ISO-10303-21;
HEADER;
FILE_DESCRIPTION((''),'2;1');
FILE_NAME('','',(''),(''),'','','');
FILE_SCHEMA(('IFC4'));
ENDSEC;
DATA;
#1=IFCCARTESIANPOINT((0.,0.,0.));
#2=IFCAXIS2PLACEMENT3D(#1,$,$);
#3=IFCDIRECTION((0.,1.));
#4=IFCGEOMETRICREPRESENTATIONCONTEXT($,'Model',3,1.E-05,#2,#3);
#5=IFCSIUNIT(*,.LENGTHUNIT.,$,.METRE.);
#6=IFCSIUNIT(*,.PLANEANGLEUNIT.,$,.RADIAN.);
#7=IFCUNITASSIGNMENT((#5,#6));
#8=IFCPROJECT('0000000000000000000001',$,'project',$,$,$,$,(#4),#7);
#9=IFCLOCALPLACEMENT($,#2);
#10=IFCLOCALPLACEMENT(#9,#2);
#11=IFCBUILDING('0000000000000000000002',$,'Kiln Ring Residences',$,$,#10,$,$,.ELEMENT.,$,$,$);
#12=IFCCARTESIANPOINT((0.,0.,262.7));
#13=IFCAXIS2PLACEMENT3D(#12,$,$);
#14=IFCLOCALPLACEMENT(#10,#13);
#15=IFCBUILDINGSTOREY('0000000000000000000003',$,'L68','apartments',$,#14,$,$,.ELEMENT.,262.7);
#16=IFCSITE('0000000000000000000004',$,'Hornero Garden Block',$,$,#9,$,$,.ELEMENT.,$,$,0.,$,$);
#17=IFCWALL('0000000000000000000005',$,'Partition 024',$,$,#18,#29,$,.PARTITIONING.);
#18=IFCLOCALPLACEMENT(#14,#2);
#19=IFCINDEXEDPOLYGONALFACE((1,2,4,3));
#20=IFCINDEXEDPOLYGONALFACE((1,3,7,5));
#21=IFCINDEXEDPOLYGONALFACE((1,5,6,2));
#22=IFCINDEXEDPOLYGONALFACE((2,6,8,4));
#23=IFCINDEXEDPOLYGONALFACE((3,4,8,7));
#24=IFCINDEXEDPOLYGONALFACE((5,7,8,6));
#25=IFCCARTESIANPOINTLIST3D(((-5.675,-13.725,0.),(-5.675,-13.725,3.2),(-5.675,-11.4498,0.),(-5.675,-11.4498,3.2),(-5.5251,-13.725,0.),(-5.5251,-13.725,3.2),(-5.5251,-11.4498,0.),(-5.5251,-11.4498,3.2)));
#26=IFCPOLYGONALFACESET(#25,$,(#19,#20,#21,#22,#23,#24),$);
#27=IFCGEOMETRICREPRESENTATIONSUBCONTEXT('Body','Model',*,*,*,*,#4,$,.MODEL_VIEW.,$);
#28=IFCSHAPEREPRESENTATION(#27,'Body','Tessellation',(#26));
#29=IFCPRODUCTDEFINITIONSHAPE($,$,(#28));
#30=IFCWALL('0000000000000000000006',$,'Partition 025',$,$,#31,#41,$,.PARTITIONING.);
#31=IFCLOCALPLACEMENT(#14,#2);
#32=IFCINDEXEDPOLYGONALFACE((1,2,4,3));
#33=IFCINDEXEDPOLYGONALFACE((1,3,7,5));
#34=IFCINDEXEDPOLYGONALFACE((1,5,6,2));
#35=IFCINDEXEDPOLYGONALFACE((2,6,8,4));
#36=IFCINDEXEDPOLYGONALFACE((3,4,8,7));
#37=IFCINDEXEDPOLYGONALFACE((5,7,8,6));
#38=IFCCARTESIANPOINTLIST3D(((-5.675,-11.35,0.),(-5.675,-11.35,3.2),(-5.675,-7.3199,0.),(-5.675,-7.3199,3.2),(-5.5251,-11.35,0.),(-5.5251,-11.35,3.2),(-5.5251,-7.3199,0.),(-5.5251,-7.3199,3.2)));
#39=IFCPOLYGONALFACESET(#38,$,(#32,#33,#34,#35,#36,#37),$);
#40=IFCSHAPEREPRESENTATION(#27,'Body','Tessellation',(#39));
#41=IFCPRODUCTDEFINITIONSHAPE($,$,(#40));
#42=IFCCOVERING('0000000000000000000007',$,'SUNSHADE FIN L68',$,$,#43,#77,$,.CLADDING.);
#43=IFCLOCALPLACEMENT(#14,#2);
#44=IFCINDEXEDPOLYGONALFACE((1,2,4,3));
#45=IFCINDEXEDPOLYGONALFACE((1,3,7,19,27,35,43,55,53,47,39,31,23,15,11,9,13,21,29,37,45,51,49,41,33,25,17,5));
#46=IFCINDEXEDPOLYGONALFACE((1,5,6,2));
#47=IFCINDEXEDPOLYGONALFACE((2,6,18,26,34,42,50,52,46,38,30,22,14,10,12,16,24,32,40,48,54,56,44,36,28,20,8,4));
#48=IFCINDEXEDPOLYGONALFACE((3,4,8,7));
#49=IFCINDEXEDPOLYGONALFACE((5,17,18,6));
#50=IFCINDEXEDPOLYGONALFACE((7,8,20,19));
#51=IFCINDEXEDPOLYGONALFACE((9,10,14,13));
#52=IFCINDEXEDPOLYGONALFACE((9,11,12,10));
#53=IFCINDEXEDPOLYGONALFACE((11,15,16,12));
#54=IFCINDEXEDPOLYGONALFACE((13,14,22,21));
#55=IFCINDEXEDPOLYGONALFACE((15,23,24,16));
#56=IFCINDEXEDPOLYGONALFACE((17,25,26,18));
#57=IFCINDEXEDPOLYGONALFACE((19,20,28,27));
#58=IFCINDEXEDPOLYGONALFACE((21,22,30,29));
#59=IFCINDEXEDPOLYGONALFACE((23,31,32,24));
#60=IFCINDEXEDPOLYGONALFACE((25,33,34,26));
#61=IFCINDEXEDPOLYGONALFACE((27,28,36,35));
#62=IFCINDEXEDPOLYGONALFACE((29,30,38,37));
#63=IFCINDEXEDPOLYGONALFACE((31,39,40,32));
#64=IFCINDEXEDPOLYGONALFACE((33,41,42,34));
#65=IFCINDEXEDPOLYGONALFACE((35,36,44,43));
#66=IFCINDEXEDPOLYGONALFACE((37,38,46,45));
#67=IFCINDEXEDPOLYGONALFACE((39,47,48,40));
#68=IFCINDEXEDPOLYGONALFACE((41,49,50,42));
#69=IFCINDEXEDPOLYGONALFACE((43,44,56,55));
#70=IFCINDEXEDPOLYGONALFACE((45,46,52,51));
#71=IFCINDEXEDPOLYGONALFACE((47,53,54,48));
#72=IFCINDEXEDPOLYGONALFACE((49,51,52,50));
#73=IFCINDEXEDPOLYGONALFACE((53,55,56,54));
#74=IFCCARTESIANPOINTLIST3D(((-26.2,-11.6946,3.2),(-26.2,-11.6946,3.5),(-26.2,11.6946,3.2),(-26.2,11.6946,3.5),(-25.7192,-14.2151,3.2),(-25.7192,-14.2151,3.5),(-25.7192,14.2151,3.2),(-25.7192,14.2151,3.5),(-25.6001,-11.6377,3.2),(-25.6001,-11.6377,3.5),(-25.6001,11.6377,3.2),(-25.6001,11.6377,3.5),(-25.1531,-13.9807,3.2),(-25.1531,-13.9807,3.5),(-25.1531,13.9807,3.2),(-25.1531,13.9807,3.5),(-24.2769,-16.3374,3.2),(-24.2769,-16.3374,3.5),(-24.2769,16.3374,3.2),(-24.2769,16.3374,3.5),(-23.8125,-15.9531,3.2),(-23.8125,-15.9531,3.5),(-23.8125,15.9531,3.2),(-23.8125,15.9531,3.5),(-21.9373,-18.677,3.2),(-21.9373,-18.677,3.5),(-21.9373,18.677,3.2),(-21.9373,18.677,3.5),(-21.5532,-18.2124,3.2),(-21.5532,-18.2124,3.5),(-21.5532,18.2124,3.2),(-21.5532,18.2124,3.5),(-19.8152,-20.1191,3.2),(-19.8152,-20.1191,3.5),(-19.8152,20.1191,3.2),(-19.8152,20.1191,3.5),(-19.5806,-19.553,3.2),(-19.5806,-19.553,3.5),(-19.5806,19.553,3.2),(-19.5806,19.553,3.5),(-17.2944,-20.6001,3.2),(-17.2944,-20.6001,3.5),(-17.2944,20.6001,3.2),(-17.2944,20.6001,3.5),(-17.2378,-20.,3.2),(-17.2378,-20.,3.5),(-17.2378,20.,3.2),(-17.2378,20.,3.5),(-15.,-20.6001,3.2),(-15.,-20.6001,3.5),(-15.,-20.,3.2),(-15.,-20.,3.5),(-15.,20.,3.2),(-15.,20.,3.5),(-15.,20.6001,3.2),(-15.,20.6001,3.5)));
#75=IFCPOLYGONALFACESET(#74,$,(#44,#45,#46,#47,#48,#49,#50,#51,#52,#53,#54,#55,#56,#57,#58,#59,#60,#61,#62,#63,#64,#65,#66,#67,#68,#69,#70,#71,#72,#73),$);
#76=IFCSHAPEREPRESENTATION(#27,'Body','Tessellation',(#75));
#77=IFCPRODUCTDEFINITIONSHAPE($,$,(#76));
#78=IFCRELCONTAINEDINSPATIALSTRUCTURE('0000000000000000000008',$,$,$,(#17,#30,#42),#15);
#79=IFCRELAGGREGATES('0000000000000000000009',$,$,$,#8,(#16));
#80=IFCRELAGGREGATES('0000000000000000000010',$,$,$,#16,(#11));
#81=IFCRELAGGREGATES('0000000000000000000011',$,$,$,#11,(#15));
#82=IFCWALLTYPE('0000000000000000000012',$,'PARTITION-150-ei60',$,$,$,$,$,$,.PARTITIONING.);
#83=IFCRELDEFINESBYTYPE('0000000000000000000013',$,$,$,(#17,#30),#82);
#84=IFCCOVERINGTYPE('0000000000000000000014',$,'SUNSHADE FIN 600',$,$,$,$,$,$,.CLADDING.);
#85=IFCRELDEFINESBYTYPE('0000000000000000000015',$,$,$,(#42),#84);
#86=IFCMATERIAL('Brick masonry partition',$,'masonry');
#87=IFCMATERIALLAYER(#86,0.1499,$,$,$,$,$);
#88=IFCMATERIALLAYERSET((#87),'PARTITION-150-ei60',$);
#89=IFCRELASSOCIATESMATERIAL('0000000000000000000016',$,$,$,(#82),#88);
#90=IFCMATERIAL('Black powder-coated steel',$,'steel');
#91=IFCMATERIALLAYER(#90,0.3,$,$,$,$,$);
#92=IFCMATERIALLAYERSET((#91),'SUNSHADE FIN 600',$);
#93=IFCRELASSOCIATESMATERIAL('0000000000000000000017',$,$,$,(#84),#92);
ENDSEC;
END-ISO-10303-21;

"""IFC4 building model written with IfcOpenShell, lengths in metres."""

from ifc_helpers import new_model, si_unit, direction, frame, frame_2d, origin, place, context, subcontext, project, spatial, polyline, rectangle, outline, extrude, material, layer, layer_set, type_object, element, save


model = new_model("IFC4")

# Units and contexts
model_context = context("Model", 3, precision=1e-05, world=origin(), true_north=direction((0.0, 1.0)))
body_context = subcontext(model_context, "Body", "Model", "MODEL_VIEW")
ifc_project = project(units=[si_unit("LENGTHUNIT", "METRE"), si_unit("PLANEANGLEUNIT", "RADIAN")], contexts=[model_context])

# Site, building, storey
site_placement = place(None, origin())
site = spatial("IfcSite", under=ifc_project, at=site_placement, Name="Hornero Garden Block", CompositionType="ELEMENT", RefElevation=0.0)
building_placement = place(site_placement, origin())
building = spatial("IfcBuilding", under=site, at=building_placement, Name="Kiln Ring Residences", CompositionType="ELEMENT")
storey_placement = place(building_placement, frame((0.0, 0.0, 262.7)))
storey = spatial("IfcBuildingStorey", under=building, at=storey_placement, Name="L68", Description="apartments", CompositionType="ELEMENT", Elevation=262.7)

# Walls
ifc_material_1 = material(Name="Brick masonry partition", Category="masonry")
ifc_layer_1 = layer(ifc_material_1, 0.1499)
ifc_layer_set_1 = layer_set([ifc_layer_1], Name="PARTITION-150-ei60")
wall_type_1 = type_object("IfcWallType", Name="PARTITION-150-ei60", PredefinedType="PARTITIONING", material=ifc_layer_set_1)
wall_1_placement = place(storey_placement, frame((-5.6001, -13.7251, 0.0), z_axis=(0.0, 0.0, 1.0), x_axis=(0.0, 1.0, 0.0)))
element("IfcWall", 1, at=wall_1_placement, inside=storey, type_object=wall_type_1, Name="Partition 024", PredefinedType="PARTITIONING", context=body_context, shape_type="SweptSolid", body=[
    extrude(rectangle(XDim=2.2751, YDim=0.1499, at=frame_2d((1.1377, 0.0))), origin(), (0.0, 0.0, 1.0), 3.2),
])
wall_2_placement = place(storey_placement, frame((-5.6001, -11.3501, 0.0), z_axis=(0.0, 0.0, 1.0), x_axis=(0.0, 1.0, 0.0)))
element("IfcWall", 2, at=wall_2_placement, inside=storey, type_object=wall_type_1, Name="Partition 025", PredefinedType="PARTITIONING", context=body_context, shape_type="SweptSolid", body=[
    extrude(rectangle(XDim=4.03, YDim=0.1499, at=frame_2d((2.0151, 0.0))), origin(), (0.0, 0.0, 1.0), 3.2),
])

# Covering
ifc_material_2 = material(Name="Black powder-coated steel", Category="steel")
ifc_layer_2 = layer(ifc_material_2, 0.3)
ifc_layer_set_2 = layer_set([ifc_layer_2], Name="SUNSHADE FIN 600")
covering_type = type_object("IfcCoveringType", Name="SUNSHADE FIN 600", PredefinedType="CLADDING", material=ifc_layer_set_2)
covering_placement = place(storey_placement, frame((0.0, 0.0, 3.2)))
element("IfcCovering", 3, at=covering_placement, inside=storey, type_object=covering_type, Name="SUNSHADE FIN L68", PredefinedType="CLADDING", context=body_context, shape_type="SweptSolid", body=[
    extrude(outline(polyline([(-26.2, -11.6946), (-25.7192, -14.2151), (-24.2769, -16.3374), (-21.9373, -18.677), (-19.8152, -20.1191), (-17.2944, -20.6001), (-15.0, -20.6001), (-15.0, -20.0), (-17.2378, -20.0), (-19.5806, -19.553), (-21.5532, -18.2124), (-23.8125, -15.9531), (-25.1531, -13.9807), (-25.6001, -11.6377), (-25.6001, 11.6377), (-25.1531, 13.9807), (-23.8125, 15.9531), (-21.5532, 18.2124), (-19.5806, 19.553), (-17.2378, 20.0), (-15.0, 20.0), (-15.0, 20.6001), (-17.2944, 20.6001), (-19.8152, 20.1191), (-21.9373, 18.677), (-24.2769, 16.3374), (-25.7192, 14.2151), (-26.2, 11.6946), (-26.2, -11.6946)])), origin(), (0.0, 0.0, 1.0), 0.3),
])

save(model, "model.ifc")
